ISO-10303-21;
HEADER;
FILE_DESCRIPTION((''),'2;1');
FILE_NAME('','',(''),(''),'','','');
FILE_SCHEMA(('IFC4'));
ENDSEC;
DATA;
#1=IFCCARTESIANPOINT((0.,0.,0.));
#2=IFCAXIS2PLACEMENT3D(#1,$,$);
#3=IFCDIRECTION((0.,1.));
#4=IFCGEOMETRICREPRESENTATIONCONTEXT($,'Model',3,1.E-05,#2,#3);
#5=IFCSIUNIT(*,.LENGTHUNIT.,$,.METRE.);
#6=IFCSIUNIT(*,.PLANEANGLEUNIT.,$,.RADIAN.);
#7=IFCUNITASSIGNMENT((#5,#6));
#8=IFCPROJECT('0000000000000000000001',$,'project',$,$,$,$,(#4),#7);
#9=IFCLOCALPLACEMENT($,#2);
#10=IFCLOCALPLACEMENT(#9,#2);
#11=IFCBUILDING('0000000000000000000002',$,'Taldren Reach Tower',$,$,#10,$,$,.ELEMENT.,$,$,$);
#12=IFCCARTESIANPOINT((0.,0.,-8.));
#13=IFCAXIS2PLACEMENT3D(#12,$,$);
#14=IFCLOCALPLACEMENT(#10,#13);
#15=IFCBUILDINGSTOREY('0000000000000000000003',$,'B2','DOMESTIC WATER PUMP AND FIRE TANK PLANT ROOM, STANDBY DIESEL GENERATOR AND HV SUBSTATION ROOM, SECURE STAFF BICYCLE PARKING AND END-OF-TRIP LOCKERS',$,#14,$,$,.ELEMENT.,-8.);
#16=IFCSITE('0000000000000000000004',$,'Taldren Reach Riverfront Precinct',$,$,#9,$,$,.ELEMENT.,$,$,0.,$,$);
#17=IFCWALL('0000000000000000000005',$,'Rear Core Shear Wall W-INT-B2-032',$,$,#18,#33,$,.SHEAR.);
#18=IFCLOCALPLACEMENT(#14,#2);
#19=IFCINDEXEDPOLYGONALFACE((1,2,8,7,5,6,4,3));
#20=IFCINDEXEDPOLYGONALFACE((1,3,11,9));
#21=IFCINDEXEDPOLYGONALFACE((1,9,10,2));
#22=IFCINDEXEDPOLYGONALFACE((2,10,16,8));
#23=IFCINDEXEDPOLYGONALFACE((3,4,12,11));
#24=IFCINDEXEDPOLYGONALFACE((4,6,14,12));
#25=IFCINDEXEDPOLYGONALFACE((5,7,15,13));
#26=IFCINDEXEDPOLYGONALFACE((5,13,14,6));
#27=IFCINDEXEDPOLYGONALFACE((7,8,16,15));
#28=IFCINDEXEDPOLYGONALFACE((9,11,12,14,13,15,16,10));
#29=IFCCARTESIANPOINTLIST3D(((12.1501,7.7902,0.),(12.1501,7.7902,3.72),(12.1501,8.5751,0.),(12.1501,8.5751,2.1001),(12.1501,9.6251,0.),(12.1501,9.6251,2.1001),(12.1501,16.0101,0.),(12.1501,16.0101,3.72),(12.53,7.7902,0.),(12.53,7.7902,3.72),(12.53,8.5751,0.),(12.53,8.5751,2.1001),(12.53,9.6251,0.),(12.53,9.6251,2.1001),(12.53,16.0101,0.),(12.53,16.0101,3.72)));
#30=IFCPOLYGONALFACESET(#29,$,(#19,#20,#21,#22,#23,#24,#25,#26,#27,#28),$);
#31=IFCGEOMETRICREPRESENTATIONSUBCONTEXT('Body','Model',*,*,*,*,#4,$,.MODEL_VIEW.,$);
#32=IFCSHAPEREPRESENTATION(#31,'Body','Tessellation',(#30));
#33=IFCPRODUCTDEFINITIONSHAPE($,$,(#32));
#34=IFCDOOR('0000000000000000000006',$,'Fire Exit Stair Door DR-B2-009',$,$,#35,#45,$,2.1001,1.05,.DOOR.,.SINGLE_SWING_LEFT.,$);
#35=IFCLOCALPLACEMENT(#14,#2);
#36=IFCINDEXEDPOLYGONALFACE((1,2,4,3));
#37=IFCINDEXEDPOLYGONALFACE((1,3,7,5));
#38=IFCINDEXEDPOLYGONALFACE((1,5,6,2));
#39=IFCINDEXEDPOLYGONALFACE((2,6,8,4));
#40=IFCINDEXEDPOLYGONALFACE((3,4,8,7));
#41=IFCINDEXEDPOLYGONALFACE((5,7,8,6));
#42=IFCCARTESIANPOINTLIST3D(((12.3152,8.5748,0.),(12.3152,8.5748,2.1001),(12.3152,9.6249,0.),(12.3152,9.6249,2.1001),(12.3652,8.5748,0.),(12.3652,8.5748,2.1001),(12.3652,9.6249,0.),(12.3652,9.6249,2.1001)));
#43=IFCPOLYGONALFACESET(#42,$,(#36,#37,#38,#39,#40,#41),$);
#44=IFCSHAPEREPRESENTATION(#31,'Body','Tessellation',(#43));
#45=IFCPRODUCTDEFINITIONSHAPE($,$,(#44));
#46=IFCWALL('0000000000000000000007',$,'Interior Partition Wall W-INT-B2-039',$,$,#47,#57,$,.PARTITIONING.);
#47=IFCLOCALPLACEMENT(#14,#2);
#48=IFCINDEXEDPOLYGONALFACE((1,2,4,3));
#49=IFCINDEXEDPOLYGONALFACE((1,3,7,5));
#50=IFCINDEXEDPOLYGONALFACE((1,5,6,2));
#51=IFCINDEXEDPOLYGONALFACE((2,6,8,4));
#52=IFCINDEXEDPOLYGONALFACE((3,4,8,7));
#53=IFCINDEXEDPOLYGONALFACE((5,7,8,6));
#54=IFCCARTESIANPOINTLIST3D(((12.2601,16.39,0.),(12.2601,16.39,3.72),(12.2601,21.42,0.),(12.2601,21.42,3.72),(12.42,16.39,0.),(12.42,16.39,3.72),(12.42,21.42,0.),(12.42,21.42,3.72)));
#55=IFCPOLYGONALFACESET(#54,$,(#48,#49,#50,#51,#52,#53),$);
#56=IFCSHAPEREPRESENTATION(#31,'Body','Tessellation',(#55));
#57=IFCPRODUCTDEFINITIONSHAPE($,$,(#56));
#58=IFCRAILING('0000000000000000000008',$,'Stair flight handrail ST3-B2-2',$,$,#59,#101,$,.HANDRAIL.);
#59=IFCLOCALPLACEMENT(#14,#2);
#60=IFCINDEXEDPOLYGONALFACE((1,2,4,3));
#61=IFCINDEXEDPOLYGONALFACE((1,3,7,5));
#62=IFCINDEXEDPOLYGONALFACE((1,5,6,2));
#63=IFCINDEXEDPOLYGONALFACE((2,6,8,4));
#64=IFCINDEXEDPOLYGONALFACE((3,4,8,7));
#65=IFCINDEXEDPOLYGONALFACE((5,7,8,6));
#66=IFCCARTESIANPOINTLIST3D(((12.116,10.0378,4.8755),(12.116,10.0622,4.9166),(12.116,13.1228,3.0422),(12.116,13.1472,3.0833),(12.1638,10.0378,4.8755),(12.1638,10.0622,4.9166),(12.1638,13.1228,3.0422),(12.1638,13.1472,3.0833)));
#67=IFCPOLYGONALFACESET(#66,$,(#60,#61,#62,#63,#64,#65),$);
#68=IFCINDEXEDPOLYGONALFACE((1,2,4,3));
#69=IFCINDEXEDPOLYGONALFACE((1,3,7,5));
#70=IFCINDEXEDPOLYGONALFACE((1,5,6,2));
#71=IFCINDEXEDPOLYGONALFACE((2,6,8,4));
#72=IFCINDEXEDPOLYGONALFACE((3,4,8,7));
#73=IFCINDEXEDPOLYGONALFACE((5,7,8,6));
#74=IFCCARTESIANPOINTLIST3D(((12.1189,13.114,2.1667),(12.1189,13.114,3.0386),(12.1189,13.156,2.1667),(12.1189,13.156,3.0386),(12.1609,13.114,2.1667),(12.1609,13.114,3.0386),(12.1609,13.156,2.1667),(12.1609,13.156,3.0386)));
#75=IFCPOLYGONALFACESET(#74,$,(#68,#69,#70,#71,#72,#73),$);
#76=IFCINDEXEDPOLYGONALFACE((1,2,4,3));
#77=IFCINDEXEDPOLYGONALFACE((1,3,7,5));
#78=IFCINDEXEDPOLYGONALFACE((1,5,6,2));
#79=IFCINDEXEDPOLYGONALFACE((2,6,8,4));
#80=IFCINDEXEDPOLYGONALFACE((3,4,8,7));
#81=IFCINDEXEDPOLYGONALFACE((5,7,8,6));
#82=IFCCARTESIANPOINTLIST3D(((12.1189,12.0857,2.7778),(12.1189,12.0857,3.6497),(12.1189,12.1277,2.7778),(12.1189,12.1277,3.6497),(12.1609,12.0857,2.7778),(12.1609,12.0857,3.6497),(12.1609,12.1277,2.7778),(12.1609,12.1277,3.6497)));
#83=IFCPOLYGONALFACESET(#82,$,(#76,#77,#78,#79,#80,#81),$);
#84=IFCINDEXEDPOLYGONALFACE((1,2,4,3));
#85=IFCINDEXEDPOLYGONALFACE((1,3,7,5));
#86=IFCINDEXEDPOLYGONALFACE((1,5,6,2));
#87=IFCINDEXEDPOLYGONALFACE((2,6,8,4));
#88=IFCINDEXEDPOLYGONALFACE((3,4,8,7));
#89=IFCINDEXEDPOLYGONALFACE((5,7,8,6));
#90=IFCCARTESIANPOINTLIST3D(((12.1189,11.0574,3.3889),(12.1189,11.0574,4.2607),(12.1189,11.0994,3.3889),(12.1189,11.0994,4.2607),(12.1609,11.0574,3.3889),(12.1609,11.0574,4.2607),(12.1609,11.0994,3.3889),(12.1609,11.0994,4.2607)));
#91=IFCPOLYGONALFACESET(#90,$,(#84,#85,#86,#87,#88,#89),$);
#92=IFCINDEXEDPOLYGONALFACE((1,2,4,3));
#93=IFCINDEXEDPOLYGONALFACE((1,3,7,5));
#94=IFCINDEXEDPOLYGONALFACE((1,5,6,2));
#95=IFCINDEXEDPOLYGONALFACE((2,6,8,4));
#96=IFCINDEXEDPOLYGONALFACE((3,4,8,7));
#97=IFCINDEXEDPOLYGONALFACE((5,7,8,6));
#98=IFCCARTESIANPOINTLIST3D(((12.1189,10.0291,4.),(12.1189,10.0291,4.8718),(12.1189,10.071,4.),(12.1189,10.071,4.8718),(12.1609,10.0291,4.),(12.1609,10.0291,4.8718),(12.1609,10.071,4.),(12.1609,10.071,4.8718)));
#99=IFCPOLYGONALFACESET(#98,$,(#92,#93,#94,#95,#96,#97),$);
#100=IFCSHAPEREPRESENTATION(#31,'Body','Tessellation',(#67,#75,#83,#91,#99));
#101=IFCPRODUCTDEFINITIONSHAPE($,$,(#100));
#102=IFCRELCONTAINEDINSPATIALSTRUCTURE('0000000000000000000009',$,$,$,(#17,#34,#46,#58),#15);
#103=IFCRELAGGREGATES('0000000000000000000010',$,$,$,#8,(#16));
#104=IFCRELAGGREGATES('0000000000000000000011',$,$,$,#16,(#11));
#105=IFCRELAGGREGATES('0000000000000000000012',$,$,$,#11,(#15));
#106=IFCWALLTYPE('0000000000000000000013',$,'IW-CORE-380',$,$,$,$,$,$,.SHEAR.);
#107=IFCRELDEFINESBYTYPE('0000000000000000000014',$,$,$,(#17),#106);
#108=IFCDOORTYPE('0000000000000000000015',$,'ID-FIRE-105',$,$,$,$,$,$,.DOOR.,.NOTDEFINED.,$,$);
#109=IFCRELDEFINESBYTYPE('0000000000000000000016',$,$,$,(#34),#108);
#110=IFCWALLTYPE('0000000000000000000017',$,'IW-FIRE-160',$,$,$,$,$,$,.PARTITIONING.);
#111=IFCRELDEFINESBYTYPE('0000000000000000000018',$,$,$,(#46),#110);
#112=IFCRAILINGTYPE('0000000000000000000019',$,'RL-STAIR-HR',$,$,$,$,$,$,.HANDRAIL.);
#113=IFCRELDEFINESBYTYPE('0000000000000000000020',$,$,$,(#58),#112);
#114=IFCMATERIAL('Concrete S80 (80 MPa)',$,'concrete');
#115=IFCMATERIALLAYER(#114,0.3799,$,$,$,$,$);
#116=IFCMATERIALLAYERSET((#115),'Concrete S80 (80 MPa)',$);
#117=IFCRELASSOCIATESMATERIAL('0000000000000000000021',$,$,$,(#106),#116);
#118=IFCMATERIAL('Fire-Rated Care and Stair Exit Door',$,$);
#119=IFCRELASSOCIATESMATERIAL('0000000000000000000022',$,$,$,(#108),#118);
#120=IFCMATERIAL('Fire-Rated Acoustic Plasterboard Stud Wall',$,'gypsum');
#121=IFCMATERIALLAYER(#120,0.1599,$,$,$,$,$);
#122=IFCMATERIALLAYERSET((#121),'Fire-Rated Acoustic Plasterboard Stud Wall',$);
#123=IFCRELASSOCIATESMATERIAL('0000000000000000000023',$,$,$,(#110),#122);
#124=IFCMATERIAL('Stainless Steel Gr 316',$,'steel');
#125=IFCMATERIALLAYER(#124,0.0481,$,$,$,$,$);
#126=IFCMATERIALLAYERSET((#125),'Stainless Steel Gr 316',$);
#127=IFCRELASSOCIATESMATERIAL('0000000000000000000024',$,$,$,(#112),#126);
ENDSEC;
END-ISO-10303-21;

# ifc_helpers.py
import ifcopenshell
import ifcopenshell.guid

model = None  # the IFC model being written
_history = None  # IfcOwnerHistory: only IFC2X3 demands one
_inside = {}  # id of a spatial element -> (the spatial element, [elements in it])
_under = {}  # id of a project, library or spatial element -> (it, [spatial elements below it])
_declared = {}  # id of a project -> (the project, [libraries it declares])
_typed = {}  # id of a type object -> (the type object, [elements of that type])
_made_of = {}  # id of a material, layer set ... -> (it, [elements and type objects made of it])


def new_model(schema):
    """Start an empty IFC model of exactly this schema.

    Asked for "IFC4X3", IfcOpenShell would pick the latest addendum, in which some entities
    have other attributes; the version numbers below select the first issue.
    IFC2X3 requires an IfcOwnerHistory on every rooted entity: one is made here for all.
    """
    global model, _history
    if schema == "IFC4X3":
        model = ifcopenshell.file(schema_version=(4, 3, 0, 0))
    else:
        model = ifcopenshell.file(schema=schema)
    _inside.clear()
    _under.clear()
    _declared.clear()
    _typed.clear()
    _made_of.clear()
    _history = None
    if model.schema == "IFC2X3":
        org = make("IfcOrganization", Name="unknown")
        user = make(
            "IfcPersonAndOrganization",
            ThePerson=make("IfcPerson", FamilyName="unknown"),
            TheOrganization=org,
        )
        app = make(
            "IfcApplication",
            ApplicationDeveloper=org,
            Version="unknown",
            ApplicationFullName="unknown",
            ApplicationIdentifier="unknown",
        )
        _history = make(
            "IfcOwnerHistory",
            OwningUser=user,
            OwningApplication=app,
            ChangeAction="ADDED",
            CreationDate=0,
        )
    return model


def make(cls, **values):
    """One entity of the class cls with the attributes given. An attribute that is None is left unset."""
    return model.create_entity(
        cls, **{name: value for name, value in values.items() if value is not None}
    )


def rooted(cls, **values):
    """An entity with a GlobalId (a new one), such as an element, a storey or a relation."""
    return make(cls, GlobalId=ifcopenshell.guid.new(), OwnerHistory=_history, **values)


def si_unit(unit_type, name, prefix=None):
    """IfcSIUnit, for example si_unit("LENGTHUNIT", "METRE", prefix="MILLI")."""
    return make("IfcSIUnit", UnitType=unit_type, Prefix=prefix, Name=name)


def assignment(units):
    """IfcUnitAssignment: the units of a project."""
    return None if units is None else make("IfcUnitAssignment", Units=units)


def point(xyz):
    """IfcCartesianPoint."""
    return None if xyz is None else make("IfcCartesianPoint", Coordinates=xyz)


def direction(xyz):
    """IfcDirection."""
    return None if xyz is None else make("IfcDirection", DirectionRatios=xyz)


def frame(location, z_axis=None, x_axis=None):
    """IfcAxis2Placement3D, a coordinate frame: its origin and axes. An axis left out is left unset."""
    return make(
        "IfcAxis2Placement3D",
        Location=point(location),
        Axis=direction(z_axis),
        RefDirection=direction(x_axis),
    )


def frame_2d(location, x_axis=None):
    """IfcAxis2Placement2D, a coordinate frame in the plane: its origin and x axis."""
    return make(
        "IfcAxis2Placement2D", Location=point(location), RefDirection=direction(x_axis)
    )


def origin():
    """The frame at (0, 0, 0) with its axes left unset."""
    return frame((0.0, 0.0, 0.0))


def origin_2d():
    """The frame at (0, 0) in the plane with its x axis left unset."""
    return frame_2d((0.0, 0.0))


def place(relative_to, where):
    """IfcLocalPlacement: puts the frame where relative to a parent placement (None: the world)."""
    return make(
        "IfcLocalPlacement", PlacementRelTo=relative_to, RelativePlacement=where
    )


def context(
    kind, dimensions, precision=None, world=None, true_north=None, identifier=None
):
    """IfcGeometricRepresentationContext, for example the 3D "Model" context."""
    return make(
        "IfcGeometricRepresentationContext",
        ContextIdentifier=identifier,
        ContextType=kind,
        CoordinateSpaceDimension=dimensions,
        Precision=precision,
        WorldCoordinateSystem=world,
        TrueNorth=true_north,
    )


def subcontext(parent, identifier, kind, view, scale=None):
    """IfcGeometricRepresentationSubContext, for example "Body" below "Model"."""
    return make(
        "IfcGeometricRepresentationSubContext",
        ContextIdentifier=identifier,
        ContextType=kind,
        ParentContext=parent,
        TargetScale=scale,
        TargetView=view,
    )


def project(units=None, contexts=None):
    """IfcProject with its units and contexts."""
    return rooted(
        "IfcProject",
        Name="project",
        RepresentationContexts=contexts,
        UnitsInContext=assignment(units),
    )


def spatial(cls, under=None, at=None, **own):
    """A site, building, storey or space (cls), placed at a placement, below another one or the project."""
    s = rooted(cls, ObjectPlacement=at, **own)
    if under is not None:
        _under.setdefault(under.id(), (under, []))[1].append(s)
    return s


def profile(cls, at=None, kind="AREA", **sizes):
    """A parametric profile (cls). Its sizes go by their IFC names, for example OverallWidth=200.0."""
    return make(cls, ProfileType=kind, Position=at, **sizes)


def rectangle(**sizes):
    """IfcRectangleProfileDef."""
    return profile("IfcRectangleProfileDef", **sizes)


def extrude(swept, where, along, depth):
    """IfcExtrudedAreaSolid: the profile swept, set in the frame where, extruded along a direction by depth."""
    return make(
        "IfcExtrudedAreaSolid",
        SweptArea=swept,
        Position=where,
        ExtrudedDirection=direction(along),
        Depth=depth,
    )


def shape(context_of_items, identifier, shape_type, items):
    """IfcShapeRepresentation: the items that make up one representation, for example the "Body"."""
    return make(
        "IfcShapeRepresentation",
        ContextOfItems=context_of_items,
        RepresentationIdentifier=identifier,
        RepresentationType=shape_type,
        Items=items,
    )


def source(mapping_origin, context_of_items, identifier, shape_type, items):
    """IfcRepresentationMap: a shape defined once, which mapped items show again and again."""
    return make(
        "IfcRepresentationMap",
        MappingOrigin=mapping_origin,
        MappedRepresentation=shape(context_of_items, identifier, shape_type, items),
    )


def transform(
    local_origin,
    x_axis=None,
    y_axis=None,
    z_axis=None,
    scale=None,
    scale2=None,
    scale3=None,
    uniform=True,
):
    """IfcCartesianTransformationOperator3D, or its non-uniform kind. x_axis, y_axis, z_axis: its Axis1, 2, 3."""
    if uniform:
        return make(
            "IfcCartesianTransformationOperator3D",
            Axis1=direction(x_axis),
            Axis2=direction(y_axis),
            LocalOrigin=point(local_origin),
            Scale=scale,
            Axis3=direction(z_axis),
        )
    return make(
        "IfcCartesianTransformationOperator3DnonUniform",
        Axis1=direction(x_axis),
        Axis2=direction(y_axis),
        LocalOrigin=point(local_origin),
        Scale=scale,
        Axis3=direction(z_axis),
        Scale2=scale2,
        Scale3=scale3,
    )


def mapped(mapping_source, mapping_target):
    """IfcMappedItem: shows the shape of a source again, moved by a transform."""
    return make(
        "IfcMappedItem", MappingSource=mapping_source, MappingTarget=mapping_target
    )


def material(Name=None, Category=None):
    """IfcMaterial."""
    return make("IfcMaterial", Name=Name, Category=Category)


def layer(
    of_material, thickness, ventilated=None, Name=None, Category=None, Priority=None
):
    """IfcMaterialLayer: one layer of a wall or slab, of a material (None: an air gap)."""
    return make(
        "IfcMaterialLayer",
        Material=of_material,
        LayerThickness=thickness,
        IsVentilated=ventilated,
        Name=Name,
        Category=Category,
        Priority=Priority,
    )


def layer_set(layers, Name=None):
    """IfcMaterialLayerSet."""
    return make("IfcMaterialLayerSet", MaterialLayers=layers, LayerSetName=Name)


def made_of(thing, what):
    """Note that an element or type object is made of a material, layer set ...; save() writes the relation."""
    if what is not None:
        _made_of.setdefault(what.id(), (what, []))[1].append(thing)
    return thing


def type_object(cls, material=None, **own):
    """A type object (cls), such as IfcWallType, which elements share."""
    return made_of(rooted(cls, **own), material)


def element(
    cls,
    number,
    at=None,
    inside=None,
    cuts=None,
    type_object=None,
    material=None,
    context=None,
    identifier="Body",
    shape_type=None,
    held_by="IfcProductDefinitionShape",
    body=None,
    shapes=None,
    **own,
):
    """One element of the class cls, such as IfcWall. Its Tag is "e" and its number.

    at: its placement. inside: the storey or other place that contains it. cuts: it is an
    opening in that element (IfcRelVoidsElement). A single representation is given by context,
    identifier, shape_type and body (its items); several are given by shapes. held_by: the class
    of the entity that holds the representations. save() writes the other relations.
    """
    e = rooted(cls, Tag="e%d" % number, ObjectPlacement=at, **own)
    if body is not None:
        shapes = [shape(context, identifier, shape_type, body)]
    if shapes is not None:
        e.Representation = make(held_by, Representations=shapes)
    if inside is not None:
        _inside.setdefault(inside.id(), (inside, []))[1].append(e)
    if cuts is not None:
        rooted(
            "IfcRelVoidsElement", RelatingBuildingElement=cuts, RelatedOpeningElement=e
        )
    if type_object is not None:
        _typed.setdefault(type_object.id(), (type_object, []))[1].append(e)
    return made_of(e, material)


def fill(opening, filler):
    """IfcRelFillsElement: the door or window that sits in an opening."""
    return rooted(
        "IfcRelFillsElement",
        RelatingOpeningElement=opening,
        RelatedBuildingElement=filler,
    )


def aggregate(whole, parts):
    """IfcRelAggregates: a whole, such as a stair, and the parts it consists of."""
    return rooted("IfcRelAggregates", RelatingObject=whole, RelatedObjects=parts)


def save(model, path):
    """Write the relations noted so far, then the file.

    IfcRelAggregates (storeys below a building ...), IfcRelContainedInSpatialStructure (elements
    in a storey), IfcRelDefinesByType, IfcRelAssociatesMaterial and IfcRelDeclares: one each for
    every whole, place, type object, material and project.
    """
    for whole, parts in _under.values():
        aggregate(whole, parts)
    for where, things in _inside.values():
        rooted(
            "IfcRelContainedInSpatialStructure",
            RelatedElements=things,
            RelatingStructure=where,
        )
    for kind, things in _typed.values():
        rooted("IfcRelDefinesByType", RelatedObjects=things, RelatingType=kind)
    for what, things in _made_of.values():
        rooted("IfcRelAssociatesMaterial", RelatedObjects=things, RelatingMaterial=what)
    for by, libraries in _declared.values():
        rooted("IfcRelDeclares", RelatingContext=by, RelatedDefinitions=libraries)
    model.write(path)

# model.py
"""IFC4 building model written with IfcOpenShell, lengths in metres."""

from ifc_helpers import new_model, si_unit, direction, frame, frame_2d, origin, origin_2d, place, context, subcontext, project, spatial, rectangle, extrude, source, transform, mapped, material, layer, layer_set, type_object, element, fill, save


model = new_model("IFC4")

# Units and contexts
model_context = context("Model", 3, precision=1e-05, world=origin(), true_north=direction((0.0, 1.0)))
body_context = subcontext(model_context, "Body", "Model", "MODEL_VIEW")
ifc_project = project(units=[si_unit("LENGTHUNIT", "METRE"), si_unit("PLANEANGLEUNIT", "RADIAN")], contexts=[model_context])

# Site, building, storey
site_placement = place(None, origin())
site = spatial("IfcSite", under=ifc_project, at=site_placement, Name="Taldren Reach Riverfront Precinct", CompositionType="ELEMENT", RefElevation=0.0)
building_placement = place(site_placement, origin())
building = spatial("IfcBuilding", under=site, at=building_placement, Name="Taldren Reach Tower", CompositionType="ELEMENT")
storey_placement = place(building_placement, frame((0.0, 0.0, -8.0)))
storey = spatial("IfcBuildingStorey", under=building, at=storey_placement, Name="B2", Description="DOMESTIC WATER PUMP AND FIRE TANK PLANT ROOM, STANDBY DIESEL GENERATOR AND HV SUBSTATION ROOM, SECURE STAFF BICYCLE PARKING AND END-OF-TRIP LOCKERS", CompositionType="ELEMENT", Elevation=-8.0)

# Shared definitions
ifc_material_1 = material(Name="Concrete S80 (80 MPa)", Category="concrete")

# Wall, opening, door
ifc_layer_1 = layer(ifc_material_1, 0.3799)
ifc_layer_set_1 = layer_set([ifc_layer_1], Name="Concrete S80 (80 MPa)")
wall_type_1 = type_object("IfcWallType", Name="IW-CORE-380", PredefinedType="SHEAR", material=ifc_layer_set_1)
shared_shape_1 = source(origin(), body_context, "Body", "SweptSolid", [
    extrude(rectangle(XDim=8.22, YDim=0.3799, at=frame_2d((4.1099, 0.0))), origin(), (0.0, 0.0, 1.0), 3.72),
])
wall_1_placement = place(storey_placement, frame((12.3401, 16.01, 0.0), z_axis=(0.0, 0.0, 1.0), x_axis=(0.0, -1.0, 0.0)))
wall_1 = element("IfcWall", 1, at=wall_1_placement, inside=storey, type_object=wall_type_1, Name="Rear Core Shear Wall W-INT-B2-032", PredefinedType="SHEAR", context=body_context, shape_type="MappedRepresentation", body=[
    mapped(shared_shape_1, transform((0.0, 0.0, 0.0), scale=1.0)),
])
shared_shape_2 = source(origin(), body_context, "Body", "SweptSolid", [
    extrude(rectangle(XDim=1.05, YDim=2.1001, at=frame_2d((0.5249, 1.05))), frame((0.0, 0.2, 0.0), z_axis=(0.0, -1.0, 0.0), x_axis=(1.0, 0.0, 0.0)), (0.0, 0.0, 1.0), 0.3999),
])
opening_placement = place(wall_1_placement, frame((6.385, 0.0, 0.0)))
opening = element("IfcOpeningElement", 2, at=opening_placement, cuts=wall_1, PredefinedType="OPENING", context=body_context, shape_type="MappedRepresentation", body=[
    mapped(shared_shape_2, transform((0.0, 0.0, 0.0), scale=1.0)),
])
ifc_material_2 = material(Name="Fire-Rated Care and Stair Exit Door")
door_type = type_object("IfcDoorType", Name="ID-FIRE-105", OperationType="NOTDEFINED", PredefinedType="DOOR", material=ifc_material_2)
shared_shape_3 = source(origin(), body_context, "Body", "SweptSolid", [
    extrude(rectangle(XDim=1.05, YDim=2.1001, at=frame_2d((0.5249, 1.05))), frame((0.0, 0.0249, 0.0), z_axis=(0.0, -1.0, 0.0), x_axis=(1.0, 0.0, 0.0)), (0.0, 0.0, 1.0), 0.05),
])
door_placement = place(opening_placement, frame((1.05, 0.0, 0.0), z_axis=(0.0, 0.0, 1.0), x_axis=(-1.0, 0.0, 0.0)))
door = element("IfcDoor", 3, at=door_placement, inside=storey, type_object=door_type, Name="Fire Exit Stair Door DR-B2-009", OperationType="SINGLE_SWING_LEFT", OverallHeight=2.1001, OverallWidth=1.05, PredefinedType="DOOR", context=body_context, shape_type="MappedRepresentation", body=[
    mapped(shared_shape_3, transform((0.0, 0.0, 0.0), scale=1.0)),
])
fill(opening, door)

# Wall
ifc_material_3 = material(Name="Fire-Rated Acoustic Plasterboard Stud Wall", Category="gypsum")
ifc_layer_2 = layer(ifc_material_3, 0.1599)
ifc_layer_set_2 = layer_set([ifc_layer_2], Name="Fire-Rated Acoustic Plasterboard Stud Wall")
wall_type_2 = type_object("IfcWallType", Name="IW-FIRE-160", PredefinedType="PARTITIONING", material=ifc_layer_set_2)
shared_shape_4 = source(origin(), body_context, "Body", "SweptSolid", [
    extrude(rectangle(XDim=5.03, YDim=0.1599, at=frame_2d((2.5151, 0.0))), origin(), (0.0, 0.0, 1.0), 3.72),
])
wall_2_placement = place(storey_placement, frame((12.3401, 16.3899, 0.0), z_axis=(0.0, 0.0, 1.0), x_axis=(0.0, 1.0, 0.0)))
element("IfcWall", 4, at=wall_2_placement, inside=storey, type_object=wall_type_2, Name="Interior Partition Wall W-INT-B2-039", PredefinedType="PARTITIONING", context=body_context, shape_type="MappedRepresentation", body=[
    mapped(shared_shape_4, transform((0.0, 0.0, 0.0), scale=1.0)),
])

# Railing
ifc_material_4 = material(Name="Stainless Steel Gr 316", Category="steel")
ifc_layer_3 = layer(ifc_material_4, 0.0481)
ifc_layer_set_3 = layer_set([ifc_layer_3], Name="Stainless Steel Gr 316")
railing_type = type_object("IfcRailingType", Name="RL-STAIR-HR", PredefinedType="HANDRAIL", material=ifc_layer_set_3)
railing_placement = place(storey_placement, frame((12.1399, 13.135, 2.1667)))
element("IfcRailing", 5, at=railing_placement, inside=storey, type_object=railing_type, Name="Stair flight handrail ST3-B2-2", PredefinedType="HANDRAIL", context=body_context, shape_type="SweptSolid", body=[
    extrude(rectangle(XDim=0.0479, YDim=0.0479, at=origin_2d()), frame((0.0, 0.0, 0.896), z_axis=(0.0, -0.859664, 0.510859), x_axis=(1.0, 0.0, 0.0)), (0.0, 0.0, 1.0), 3.5886),
    extrude(rectangle(XDim=0.042, YDim=0.042, at=origin_2d()), origin(), (0.0, 0.0, 1.0), 0.8718),
    extrude(rectangle(XDim=0.042, YDim=0.042, at=origin_2d()), frame((0.0, -1.0283, 0.6111)), (0.0, 0.0, 1.0), 0.8718),
    extrude(rectangle(XDim=0.042, YDim=0.042, at=origin_2d()), frame((0.0, -2.0566, 1.2222)), (0.0, 0.0, 1.0), 0.8718),
    extrude(rectangle(XDim=0.042, YDim=0.042, at=origin_2d()), frame((0.0, -3.085, 1.8333)), (0.0, 0.0, 1.0), 0.8718),
])

save(model, "model.ifc")
